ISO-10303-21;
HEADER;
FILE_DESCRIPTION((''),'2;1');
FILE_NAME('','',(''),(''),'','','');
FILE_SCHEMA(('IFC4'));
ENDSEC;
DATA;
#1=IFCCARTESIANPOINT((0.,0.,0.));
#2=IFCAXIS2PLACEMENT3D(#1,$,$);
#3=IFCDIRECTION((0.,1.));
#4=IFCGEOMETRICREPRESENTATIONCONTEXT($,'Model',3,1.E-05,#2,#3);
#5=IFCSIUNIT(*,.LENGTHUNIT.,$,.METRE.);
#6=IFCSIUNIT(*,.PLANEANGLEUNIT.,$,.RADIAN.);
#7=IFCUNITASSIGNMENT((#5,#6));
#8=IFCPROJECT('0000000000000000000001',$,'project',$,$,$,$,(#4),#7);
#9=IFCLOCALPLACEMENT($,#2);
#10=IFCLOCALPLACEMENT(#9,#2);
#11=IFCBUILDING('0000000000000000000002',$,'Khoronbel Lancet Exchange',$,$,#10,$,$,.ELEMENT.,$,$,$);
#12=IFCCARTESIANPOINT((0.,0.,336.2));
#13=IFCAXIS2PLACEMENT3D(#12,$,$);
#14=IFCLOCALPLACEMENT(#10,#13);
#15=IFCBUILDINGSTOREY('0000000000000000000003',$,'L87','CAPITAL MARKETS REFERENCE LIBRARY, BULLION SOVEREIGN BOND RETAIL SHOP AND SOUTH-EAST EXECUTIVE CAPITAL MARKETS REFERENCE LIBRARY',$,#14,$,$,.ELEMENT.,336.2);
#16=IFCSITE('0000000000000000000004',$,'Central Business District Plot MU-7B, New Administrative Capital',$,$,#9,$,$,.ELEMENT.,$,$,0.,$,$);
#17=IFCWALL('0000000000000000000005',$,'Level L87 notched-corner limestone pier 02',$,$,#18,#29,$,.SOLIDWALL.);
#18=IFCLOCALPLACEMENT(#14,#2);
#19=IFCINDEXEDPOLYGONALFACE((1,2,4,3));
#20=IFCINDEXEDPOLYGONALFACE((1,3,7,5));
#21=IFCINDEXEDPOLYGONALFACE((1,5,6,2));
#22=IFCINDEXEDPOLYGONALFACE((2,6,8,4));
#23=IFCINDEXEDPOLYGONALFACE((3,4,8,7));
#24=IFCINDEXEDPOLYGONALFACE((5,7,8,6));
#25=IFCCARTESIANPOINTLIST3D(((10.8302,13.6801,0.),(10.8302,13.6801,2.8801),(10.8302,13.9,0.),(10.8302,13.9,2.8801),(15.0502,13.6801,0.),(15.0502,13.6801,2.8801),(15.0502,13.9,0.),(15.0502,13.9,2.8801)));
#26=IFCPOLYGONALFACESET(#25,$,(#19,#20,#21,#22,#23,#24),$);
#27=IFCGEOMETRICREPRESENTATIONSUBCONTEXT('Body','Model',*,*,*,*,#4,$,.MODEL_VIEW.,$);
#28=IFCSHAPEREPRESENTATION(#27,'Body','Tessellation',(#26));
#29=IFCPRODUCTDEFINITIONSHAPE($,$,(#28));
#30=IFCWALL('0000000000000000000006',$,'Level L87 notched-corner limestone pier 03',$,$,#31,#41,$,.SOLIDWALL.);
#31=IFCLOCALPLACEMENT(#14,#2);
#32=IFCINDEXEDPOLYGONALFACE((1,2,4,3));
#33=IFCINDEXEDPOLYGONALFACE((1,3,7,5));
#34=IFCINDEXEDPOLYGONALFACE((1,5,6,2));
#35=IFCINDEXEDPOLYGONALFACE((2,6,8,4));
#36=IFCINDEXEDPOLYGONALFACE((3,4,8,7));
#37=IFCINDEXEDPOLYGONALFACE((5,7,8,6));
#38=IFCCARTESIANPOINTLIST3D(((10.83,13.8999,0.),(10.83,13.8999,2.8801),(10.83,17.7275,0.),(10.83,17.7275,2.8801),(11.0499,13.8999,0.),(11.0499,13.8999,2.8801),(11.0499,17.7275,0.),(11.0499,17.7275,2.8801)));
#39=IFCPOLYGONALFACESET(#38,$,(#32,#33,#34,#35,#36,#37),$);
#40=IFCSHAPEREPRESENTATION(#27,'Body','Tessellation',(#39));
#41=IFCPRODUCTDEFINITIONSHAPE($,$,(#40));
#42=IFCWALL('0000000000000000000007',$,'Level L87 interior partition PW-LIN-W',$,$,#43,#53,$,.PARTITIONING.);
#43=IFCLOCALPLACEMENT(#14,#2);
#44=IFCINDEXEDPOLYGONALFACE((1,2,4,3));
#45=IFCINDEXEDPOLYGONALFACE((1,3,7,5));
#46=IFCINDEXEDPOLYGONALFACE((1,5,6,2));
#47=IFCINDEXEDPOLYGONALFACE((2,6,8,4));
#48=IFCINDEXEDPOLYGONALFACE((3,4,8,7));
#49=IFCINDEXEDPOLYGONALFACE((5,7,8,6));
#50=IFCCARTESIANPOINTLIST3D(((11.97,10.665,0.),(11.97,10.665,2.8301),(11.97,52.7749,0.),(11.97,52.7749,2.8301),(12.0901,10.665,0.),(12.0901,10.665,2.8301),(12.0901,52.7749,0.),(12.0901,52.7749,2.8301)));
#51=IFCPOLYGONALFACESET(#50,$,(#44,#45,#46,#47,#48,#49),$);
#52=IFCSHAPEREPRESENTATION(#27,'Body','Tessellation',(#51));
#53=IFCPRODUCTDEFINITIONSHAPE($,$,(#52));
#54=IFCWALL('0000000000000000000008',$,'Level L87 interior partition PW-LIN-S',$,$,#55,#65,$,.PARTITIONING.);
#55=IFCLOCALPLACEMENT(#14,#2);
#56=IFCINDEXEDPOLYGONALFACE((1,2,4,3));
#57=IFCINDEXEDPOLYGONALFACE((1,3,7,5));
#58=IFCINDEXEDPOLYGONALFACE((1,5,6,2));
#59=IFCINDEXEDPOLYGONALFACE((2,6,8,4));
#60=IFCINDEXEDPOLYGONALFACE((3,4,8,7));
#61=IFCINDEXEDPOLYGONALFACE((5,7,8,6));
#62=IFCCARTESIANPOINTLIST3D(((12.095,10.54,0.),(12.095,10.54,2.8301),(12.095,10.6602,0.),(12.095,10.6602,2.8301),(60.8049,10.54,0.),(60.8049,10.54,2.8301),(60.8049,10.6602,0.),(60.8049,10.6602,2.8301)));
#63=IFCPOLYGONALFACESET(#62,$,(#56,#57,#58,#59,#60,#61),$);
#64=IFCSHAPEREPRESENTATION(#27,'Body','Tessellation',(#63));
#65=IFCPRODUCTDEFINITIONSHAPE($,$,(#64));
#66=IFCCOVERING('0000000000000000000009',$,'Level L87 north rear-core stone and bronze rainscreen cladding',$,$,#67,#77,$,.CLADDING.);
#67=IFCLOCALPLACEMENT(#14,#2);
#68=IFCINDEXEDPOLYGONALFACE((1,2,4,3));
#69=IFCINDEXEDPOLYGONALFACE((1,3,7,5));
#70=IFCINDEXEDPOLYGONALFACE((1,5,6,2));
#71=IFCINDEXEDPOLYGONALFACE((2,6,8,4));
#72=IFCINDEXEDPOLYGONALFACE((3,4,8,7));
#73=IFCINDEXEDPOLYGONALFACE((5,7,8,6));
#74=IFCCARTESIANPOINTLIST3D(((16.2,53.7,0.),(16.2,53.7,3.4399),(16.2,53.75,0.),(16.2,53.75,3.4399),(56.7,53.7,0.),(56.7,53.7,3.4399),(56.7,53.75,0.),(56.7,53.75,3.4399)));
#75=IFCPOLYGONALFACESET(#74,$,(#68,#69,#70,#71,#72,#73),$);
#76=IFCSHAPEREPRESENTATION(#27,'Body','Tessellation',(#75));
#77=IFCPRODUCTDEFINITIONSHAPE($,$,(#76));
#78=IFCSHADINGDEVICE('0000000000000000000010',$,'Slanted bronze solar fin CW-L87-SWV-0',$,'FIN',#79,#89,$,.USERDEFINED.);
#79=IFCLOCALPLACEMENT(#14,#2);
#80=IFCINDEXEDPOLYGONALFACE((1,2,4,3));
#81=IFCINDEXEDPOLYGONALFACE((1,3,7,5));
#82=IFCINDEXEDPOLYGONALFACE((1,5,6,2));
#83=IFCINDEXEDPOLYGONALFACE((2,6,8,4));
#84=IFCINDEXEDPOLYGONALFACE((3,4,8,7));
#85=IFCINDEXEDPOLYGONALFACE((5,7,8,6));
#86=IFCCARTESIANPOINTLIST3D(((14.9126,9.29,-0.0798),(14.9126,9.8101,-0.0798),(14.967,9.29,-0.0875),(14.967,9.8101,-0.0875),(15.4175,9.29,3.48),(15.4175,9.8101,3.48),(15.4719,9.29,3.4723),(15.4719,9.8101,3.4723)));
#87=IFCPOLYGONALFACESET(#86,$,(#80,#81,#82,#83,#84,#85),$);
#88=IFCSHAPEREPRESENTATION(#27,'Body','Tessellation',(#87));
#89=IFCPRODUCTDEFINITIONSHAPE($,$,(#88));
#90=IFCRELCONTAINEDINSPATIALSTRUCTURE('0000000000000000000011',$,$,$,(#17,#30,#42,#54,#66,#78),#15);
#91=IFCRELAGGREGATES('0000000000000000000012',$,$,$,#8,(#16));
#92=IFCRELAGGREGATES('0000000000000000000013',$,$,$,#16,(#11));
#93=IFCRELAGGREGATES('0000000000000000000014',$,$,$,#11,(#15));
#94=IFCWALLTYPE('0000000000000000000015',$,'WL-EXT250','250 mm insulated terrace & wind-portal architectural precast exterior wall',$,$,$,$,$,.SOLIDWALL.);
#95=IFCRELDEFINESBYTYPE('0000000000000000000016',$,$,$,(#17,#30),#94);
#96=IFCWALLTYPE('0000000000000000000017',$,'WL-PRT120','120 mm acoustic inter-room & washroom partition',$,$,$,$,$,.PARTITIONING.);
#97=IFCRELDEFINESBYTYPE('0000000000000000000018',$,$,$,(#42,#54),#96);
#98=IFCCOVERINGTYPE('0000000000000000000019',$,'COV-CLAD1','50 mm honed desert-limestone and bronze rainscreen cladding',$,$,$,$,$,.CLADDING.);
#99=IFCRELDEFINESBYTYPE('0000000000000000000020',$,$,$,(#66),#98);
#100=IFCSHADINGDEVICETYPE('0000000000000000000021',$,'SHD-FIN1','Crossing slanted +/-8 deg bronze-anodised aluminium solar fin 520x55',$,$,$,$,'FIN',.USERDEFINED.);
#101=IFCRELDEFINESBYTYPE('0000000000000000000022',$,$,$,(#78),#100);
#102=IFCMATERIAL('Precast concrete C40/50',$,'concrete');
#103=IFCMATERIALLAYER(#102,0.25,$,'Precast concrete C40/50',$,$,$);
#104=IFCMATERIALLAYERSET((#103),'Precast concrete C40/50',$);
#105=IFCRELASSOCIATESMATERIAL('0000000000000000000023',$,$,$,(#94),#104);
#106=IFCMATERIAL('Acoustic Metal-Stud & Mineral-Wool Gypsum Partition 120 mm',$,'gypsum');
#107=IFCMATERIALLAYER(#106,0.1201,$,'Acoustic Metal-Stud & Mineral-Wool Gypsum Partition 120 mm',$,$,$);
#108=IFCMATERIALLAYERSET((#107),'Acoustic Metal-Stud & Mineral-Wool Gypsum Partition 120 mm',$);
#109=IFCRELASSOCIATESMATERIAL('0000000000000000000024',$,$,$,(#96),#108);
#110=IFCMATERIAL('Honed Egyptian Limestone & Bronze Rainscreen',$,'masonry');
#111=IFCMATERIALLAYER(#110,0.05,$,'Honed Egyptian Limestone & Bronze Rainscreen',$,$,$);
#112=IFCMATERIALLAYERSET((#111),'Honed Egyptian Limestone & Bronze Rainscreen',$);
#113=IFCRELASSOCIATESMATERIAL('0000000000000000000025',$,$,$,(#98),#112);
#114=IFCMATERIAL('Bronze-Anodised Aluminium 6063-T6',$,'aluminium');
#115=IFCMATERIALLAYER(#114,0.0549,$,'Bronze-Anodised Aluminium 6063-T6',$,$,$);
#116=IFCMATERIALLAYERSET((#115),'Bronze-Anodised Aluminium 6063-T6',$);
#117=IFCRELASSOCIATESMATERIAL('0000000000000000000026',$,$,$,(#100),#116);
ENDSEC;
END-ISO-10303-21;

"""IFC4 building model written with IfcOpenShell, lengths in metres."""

from ifc_helpers import new_model, si_unit, direction, frame, frame_2d, origin, place, context, subcontext, project, spatial, polyline, rectangle, outline, extrude, material, layer, layer_set, type_object, element, save


model = new_model("IFC4")

# Units and contexts
model_context = context("Model", 3, precision=1e-05, world=origin(), true_north=direction((0.0, 1.0)))
body_context = subcontext(model_context, "Body", "Model", "MODEL_VIEW")
ifc_project = project(units=[si_unit("LENGTHUNIT", "METRE"), si_unit("PLANEANGLEUNIT", "RADIAN")], contexts=[model_context])

# Site, building, storey
site_placement = place(None, origin())
site = spatial("IfcSite", under=ifc_project, at=site_placement, Name="Central Business District Plot MU-7B, New Administrative Capital", CompositionType="ELEMENT", RefElevation=0.0)
building_placement = place(site_placement, origin())
building = spatial("IfcBuilding", under=site, at=building_placement, Name="Khoronbel Lancet Exchange", CompositionType="ELEMENT")
storey_placement = place(building_placement, frame((0.0, 0.0, 336.2)))
storey = spatial("IfcBuildingStorey", under=building, at=storey_placement, Name="L87", Description="CAPITAL MARKETS REFERENCE LIBRARY, BULLION SOVEREIGN BOND RETAIL SHOP AND SOUTH-EAST EXECUTIVE CAPITAL MARKETS REFERENCE LIBRARY", CompositionType="ELEMENT", Elevation=336.2)

# Shared definitions
ifc_material_1 = material(Name="Bronze-Anodised Aluminium 6063-T6", Category="aluminium")

# Walls
ifc_material_2 = material(Name="Precast concrete C40/50", Category="concrete")
ifc_layer_1 = layer(ifc_material_2, 0.25, Name="Precast concrete C40/50")
ifc_layer_set_1 = layer_set([ifc_layer_1], Name="Precast concrete C40/50")
wall_type_1 = type_object("IfcWallType", Name="WL-EXT250", Description="250 mm insulated terrace & wind-portal architectural precast exterior wall", PredefinedType="SOLIDWALL", material=ifc_layer_set_1)
wall_1_placement = place(storey_placement, frame((15.05, 13.79, 0.0), z_axis=(0.0, 0.0, 1.0), x_axis=(-1.0, 0.0, 0.0)))
element("IfcWall", 1, at=wall_1_placement, inside=storey, type_object=wall_type_1, Name="Level L87 notched-corner limestone pier 02", PredefinedType="SOLIDWALL", context=body_context, shape_type="SweptSolid", body=[
    extrude(rectangle(XDim=4.22, YDim=0.22, at=frame_2d((2.1099, 0.0))), origin(), (0.0, 0.0, 1.0), 2.8801),
])
wall_2_placement = place(storey_placement, frame((10.9399, 13.8999, 0.0), z_axis=(0.0, 0.0, 1.0), x_axis=(0.0, 1.0, 0.0)))
element("IfcWall", 2, at=wall_2_placement, inside=storey, type_object=wall_type_1, Name="Level L87 notched-corner limestone pier 03", PredefinedType="SOLIDWALL", context=body_context, shape_type="SweptSolid", body=[
    extrude(rectangle(XDim=3.8276, YDim=0.22, at=frame_2d((1.9138, 0.0))), origin(), (0.0, 0.0, 1.0), 2.8801),
])
ifc_material_3 = material(Name="Acoustic Metal-Stud & Mineral-Wool Gypsum Partition 120 mm", Category="gypsum")
ifc_layer_2 = layer(ifc_material_3, 0.1201, Name="Acoustic Metal-Stud & Mineral-Wool Gypsum Partition 120 mm")
ifc_layer_set_2 = layer_set([ifc_layer_2], Name="Acoustic Metal-Stud & Mineral-Wool Gypsum Partition 120 mm")
wall_type_2 = type_object("IfcWallType", Name="WL-PRT120", Description="120 mm acoustic inter-room & washroom partition", PredefinedType="PARTITIONING", material=ifc_layer_set_2)
wall_3_placement = place(storey_placement, frame((12.03, 10.665, 0.0), z_axis=(0.0, 0.0, 1.0), x_axis=(0.0, 1.0, 0.0)))
element("IfcWall", 3, at=wall_3_placement, inside=storey, type_object=wall_type_2, Name="Level L87 interior partition PW-LIN-W", PredefinedType="PARTITIONING", context=body_context, shape_type="SweptSolid", body=[
    extrude(rectangle(XDim=42.1099, YDim=0.1201, at=frame_2d((21.0549, 0.0))), origin(), (0.0, 0.0, 1.0), 2.8301),
])
wall_4_placement = place(storey_placement, frame((12.095, 10.6001, 0.0), z_axis=(0.0, 0.0, 1.0), x_axis=(1.0, 0.0, 0.0)))
element("IfcWall", 4, at=wall_4_placement, inside=storey, type_object=wall_type_2, Name="Level L87 interior partition PW-LIN-S", PredefinedType="PARTITIONING", context=body_context, shape_type="SweptSolid", body=[
    extrude(rectangle(XDim=48.71, YDim=0.1201, at=frame_2d((24.355, 0.0))), origin(), (0.0, 0.0, 1.0), 2.8301),
])

# Covering
ifc_material_4 = material(Name="Honed Egyptian Limestone & Bronze Rainscreen", Category="masonry")
ifc_layer_3 = layer(ifc_material_4, 0.05, Name="Honed Egyptian Limestone & Bronze Rainscreen")
ifc_layer_set_3 = layer_set([ifc_layer_3], Name="Honed Egyptian Limestone & Bronze Rainscreen")
covering_type = type_object("IfcCoveringType", Name="COV-CLAD1", Description="50 mm honed desert-limestone and bronze rainscreen cladding", PredefinedType="CLADDING", material=ifc_layer_set_3)
covering_placement = place(storey_placement, origin())
element("IfcCovering", 5, at=covering_placement, inside=storey, type_object=covering_type, Name="Level L87 north rear-core stone and bronze rainscreen cladding", PredefinedType="CLADDING", context=body_context, shape_type="SweptSolid", body=[
    extrude(outline(polyline([(16.2, 53.7), (56.7, 53.7), (56.7, 53.75), (16.2, 53.75), (16.2, 53.7)])), origin(), (0.0, 0.0, 1.0), 3.4399),
])

# Shading device
ifc_layer_4 = layer(ifc_material_1, 0.0549, Name="Bronze-Anodised Aluminium 6063-T6")
ifc_layer_set_4 = layer_set([ifc_layer_4], Name="Bronze-Anodised Aluminium 6063-T6")
shading_device_type = type_object("IfcShadingDeviceType", Name="SHD-FIN1", Description="Crossing slanted +/-8 deg bronze-anodised aluminium solar fin 520x55", ElementType="FIN", PredefinedType="USERDEFINED", material=ifc_layer_set_4)
shading_device_placement = place(storey_placement, frame((14.9126, 9.8101, -0.0798), z_axis=(-0.990092, 0.0, 0.140423), x_axis=(0.0, -1.0, 0.0)))
element("IfcShadingDevice", 6, at=shading_device_placement, inside=storey, type_object=shading_device_type, Name="Slanted bronze solar fin CW-L87-SWV-0", ObjectType="FIN", PredefinedType="USERDEFINED", context=body_context, shape_type="SweptSolid", body=[
    extrude(outline(polyline([(0.0, 0.0), (0.52, 0.0), (0.52, 3.5955), (0.0, 3.5955), (0.0, 0.0)])), origin(), (0.0, 0.0, -1.0), 0.0549),
])

save(model, "model.ifc")
